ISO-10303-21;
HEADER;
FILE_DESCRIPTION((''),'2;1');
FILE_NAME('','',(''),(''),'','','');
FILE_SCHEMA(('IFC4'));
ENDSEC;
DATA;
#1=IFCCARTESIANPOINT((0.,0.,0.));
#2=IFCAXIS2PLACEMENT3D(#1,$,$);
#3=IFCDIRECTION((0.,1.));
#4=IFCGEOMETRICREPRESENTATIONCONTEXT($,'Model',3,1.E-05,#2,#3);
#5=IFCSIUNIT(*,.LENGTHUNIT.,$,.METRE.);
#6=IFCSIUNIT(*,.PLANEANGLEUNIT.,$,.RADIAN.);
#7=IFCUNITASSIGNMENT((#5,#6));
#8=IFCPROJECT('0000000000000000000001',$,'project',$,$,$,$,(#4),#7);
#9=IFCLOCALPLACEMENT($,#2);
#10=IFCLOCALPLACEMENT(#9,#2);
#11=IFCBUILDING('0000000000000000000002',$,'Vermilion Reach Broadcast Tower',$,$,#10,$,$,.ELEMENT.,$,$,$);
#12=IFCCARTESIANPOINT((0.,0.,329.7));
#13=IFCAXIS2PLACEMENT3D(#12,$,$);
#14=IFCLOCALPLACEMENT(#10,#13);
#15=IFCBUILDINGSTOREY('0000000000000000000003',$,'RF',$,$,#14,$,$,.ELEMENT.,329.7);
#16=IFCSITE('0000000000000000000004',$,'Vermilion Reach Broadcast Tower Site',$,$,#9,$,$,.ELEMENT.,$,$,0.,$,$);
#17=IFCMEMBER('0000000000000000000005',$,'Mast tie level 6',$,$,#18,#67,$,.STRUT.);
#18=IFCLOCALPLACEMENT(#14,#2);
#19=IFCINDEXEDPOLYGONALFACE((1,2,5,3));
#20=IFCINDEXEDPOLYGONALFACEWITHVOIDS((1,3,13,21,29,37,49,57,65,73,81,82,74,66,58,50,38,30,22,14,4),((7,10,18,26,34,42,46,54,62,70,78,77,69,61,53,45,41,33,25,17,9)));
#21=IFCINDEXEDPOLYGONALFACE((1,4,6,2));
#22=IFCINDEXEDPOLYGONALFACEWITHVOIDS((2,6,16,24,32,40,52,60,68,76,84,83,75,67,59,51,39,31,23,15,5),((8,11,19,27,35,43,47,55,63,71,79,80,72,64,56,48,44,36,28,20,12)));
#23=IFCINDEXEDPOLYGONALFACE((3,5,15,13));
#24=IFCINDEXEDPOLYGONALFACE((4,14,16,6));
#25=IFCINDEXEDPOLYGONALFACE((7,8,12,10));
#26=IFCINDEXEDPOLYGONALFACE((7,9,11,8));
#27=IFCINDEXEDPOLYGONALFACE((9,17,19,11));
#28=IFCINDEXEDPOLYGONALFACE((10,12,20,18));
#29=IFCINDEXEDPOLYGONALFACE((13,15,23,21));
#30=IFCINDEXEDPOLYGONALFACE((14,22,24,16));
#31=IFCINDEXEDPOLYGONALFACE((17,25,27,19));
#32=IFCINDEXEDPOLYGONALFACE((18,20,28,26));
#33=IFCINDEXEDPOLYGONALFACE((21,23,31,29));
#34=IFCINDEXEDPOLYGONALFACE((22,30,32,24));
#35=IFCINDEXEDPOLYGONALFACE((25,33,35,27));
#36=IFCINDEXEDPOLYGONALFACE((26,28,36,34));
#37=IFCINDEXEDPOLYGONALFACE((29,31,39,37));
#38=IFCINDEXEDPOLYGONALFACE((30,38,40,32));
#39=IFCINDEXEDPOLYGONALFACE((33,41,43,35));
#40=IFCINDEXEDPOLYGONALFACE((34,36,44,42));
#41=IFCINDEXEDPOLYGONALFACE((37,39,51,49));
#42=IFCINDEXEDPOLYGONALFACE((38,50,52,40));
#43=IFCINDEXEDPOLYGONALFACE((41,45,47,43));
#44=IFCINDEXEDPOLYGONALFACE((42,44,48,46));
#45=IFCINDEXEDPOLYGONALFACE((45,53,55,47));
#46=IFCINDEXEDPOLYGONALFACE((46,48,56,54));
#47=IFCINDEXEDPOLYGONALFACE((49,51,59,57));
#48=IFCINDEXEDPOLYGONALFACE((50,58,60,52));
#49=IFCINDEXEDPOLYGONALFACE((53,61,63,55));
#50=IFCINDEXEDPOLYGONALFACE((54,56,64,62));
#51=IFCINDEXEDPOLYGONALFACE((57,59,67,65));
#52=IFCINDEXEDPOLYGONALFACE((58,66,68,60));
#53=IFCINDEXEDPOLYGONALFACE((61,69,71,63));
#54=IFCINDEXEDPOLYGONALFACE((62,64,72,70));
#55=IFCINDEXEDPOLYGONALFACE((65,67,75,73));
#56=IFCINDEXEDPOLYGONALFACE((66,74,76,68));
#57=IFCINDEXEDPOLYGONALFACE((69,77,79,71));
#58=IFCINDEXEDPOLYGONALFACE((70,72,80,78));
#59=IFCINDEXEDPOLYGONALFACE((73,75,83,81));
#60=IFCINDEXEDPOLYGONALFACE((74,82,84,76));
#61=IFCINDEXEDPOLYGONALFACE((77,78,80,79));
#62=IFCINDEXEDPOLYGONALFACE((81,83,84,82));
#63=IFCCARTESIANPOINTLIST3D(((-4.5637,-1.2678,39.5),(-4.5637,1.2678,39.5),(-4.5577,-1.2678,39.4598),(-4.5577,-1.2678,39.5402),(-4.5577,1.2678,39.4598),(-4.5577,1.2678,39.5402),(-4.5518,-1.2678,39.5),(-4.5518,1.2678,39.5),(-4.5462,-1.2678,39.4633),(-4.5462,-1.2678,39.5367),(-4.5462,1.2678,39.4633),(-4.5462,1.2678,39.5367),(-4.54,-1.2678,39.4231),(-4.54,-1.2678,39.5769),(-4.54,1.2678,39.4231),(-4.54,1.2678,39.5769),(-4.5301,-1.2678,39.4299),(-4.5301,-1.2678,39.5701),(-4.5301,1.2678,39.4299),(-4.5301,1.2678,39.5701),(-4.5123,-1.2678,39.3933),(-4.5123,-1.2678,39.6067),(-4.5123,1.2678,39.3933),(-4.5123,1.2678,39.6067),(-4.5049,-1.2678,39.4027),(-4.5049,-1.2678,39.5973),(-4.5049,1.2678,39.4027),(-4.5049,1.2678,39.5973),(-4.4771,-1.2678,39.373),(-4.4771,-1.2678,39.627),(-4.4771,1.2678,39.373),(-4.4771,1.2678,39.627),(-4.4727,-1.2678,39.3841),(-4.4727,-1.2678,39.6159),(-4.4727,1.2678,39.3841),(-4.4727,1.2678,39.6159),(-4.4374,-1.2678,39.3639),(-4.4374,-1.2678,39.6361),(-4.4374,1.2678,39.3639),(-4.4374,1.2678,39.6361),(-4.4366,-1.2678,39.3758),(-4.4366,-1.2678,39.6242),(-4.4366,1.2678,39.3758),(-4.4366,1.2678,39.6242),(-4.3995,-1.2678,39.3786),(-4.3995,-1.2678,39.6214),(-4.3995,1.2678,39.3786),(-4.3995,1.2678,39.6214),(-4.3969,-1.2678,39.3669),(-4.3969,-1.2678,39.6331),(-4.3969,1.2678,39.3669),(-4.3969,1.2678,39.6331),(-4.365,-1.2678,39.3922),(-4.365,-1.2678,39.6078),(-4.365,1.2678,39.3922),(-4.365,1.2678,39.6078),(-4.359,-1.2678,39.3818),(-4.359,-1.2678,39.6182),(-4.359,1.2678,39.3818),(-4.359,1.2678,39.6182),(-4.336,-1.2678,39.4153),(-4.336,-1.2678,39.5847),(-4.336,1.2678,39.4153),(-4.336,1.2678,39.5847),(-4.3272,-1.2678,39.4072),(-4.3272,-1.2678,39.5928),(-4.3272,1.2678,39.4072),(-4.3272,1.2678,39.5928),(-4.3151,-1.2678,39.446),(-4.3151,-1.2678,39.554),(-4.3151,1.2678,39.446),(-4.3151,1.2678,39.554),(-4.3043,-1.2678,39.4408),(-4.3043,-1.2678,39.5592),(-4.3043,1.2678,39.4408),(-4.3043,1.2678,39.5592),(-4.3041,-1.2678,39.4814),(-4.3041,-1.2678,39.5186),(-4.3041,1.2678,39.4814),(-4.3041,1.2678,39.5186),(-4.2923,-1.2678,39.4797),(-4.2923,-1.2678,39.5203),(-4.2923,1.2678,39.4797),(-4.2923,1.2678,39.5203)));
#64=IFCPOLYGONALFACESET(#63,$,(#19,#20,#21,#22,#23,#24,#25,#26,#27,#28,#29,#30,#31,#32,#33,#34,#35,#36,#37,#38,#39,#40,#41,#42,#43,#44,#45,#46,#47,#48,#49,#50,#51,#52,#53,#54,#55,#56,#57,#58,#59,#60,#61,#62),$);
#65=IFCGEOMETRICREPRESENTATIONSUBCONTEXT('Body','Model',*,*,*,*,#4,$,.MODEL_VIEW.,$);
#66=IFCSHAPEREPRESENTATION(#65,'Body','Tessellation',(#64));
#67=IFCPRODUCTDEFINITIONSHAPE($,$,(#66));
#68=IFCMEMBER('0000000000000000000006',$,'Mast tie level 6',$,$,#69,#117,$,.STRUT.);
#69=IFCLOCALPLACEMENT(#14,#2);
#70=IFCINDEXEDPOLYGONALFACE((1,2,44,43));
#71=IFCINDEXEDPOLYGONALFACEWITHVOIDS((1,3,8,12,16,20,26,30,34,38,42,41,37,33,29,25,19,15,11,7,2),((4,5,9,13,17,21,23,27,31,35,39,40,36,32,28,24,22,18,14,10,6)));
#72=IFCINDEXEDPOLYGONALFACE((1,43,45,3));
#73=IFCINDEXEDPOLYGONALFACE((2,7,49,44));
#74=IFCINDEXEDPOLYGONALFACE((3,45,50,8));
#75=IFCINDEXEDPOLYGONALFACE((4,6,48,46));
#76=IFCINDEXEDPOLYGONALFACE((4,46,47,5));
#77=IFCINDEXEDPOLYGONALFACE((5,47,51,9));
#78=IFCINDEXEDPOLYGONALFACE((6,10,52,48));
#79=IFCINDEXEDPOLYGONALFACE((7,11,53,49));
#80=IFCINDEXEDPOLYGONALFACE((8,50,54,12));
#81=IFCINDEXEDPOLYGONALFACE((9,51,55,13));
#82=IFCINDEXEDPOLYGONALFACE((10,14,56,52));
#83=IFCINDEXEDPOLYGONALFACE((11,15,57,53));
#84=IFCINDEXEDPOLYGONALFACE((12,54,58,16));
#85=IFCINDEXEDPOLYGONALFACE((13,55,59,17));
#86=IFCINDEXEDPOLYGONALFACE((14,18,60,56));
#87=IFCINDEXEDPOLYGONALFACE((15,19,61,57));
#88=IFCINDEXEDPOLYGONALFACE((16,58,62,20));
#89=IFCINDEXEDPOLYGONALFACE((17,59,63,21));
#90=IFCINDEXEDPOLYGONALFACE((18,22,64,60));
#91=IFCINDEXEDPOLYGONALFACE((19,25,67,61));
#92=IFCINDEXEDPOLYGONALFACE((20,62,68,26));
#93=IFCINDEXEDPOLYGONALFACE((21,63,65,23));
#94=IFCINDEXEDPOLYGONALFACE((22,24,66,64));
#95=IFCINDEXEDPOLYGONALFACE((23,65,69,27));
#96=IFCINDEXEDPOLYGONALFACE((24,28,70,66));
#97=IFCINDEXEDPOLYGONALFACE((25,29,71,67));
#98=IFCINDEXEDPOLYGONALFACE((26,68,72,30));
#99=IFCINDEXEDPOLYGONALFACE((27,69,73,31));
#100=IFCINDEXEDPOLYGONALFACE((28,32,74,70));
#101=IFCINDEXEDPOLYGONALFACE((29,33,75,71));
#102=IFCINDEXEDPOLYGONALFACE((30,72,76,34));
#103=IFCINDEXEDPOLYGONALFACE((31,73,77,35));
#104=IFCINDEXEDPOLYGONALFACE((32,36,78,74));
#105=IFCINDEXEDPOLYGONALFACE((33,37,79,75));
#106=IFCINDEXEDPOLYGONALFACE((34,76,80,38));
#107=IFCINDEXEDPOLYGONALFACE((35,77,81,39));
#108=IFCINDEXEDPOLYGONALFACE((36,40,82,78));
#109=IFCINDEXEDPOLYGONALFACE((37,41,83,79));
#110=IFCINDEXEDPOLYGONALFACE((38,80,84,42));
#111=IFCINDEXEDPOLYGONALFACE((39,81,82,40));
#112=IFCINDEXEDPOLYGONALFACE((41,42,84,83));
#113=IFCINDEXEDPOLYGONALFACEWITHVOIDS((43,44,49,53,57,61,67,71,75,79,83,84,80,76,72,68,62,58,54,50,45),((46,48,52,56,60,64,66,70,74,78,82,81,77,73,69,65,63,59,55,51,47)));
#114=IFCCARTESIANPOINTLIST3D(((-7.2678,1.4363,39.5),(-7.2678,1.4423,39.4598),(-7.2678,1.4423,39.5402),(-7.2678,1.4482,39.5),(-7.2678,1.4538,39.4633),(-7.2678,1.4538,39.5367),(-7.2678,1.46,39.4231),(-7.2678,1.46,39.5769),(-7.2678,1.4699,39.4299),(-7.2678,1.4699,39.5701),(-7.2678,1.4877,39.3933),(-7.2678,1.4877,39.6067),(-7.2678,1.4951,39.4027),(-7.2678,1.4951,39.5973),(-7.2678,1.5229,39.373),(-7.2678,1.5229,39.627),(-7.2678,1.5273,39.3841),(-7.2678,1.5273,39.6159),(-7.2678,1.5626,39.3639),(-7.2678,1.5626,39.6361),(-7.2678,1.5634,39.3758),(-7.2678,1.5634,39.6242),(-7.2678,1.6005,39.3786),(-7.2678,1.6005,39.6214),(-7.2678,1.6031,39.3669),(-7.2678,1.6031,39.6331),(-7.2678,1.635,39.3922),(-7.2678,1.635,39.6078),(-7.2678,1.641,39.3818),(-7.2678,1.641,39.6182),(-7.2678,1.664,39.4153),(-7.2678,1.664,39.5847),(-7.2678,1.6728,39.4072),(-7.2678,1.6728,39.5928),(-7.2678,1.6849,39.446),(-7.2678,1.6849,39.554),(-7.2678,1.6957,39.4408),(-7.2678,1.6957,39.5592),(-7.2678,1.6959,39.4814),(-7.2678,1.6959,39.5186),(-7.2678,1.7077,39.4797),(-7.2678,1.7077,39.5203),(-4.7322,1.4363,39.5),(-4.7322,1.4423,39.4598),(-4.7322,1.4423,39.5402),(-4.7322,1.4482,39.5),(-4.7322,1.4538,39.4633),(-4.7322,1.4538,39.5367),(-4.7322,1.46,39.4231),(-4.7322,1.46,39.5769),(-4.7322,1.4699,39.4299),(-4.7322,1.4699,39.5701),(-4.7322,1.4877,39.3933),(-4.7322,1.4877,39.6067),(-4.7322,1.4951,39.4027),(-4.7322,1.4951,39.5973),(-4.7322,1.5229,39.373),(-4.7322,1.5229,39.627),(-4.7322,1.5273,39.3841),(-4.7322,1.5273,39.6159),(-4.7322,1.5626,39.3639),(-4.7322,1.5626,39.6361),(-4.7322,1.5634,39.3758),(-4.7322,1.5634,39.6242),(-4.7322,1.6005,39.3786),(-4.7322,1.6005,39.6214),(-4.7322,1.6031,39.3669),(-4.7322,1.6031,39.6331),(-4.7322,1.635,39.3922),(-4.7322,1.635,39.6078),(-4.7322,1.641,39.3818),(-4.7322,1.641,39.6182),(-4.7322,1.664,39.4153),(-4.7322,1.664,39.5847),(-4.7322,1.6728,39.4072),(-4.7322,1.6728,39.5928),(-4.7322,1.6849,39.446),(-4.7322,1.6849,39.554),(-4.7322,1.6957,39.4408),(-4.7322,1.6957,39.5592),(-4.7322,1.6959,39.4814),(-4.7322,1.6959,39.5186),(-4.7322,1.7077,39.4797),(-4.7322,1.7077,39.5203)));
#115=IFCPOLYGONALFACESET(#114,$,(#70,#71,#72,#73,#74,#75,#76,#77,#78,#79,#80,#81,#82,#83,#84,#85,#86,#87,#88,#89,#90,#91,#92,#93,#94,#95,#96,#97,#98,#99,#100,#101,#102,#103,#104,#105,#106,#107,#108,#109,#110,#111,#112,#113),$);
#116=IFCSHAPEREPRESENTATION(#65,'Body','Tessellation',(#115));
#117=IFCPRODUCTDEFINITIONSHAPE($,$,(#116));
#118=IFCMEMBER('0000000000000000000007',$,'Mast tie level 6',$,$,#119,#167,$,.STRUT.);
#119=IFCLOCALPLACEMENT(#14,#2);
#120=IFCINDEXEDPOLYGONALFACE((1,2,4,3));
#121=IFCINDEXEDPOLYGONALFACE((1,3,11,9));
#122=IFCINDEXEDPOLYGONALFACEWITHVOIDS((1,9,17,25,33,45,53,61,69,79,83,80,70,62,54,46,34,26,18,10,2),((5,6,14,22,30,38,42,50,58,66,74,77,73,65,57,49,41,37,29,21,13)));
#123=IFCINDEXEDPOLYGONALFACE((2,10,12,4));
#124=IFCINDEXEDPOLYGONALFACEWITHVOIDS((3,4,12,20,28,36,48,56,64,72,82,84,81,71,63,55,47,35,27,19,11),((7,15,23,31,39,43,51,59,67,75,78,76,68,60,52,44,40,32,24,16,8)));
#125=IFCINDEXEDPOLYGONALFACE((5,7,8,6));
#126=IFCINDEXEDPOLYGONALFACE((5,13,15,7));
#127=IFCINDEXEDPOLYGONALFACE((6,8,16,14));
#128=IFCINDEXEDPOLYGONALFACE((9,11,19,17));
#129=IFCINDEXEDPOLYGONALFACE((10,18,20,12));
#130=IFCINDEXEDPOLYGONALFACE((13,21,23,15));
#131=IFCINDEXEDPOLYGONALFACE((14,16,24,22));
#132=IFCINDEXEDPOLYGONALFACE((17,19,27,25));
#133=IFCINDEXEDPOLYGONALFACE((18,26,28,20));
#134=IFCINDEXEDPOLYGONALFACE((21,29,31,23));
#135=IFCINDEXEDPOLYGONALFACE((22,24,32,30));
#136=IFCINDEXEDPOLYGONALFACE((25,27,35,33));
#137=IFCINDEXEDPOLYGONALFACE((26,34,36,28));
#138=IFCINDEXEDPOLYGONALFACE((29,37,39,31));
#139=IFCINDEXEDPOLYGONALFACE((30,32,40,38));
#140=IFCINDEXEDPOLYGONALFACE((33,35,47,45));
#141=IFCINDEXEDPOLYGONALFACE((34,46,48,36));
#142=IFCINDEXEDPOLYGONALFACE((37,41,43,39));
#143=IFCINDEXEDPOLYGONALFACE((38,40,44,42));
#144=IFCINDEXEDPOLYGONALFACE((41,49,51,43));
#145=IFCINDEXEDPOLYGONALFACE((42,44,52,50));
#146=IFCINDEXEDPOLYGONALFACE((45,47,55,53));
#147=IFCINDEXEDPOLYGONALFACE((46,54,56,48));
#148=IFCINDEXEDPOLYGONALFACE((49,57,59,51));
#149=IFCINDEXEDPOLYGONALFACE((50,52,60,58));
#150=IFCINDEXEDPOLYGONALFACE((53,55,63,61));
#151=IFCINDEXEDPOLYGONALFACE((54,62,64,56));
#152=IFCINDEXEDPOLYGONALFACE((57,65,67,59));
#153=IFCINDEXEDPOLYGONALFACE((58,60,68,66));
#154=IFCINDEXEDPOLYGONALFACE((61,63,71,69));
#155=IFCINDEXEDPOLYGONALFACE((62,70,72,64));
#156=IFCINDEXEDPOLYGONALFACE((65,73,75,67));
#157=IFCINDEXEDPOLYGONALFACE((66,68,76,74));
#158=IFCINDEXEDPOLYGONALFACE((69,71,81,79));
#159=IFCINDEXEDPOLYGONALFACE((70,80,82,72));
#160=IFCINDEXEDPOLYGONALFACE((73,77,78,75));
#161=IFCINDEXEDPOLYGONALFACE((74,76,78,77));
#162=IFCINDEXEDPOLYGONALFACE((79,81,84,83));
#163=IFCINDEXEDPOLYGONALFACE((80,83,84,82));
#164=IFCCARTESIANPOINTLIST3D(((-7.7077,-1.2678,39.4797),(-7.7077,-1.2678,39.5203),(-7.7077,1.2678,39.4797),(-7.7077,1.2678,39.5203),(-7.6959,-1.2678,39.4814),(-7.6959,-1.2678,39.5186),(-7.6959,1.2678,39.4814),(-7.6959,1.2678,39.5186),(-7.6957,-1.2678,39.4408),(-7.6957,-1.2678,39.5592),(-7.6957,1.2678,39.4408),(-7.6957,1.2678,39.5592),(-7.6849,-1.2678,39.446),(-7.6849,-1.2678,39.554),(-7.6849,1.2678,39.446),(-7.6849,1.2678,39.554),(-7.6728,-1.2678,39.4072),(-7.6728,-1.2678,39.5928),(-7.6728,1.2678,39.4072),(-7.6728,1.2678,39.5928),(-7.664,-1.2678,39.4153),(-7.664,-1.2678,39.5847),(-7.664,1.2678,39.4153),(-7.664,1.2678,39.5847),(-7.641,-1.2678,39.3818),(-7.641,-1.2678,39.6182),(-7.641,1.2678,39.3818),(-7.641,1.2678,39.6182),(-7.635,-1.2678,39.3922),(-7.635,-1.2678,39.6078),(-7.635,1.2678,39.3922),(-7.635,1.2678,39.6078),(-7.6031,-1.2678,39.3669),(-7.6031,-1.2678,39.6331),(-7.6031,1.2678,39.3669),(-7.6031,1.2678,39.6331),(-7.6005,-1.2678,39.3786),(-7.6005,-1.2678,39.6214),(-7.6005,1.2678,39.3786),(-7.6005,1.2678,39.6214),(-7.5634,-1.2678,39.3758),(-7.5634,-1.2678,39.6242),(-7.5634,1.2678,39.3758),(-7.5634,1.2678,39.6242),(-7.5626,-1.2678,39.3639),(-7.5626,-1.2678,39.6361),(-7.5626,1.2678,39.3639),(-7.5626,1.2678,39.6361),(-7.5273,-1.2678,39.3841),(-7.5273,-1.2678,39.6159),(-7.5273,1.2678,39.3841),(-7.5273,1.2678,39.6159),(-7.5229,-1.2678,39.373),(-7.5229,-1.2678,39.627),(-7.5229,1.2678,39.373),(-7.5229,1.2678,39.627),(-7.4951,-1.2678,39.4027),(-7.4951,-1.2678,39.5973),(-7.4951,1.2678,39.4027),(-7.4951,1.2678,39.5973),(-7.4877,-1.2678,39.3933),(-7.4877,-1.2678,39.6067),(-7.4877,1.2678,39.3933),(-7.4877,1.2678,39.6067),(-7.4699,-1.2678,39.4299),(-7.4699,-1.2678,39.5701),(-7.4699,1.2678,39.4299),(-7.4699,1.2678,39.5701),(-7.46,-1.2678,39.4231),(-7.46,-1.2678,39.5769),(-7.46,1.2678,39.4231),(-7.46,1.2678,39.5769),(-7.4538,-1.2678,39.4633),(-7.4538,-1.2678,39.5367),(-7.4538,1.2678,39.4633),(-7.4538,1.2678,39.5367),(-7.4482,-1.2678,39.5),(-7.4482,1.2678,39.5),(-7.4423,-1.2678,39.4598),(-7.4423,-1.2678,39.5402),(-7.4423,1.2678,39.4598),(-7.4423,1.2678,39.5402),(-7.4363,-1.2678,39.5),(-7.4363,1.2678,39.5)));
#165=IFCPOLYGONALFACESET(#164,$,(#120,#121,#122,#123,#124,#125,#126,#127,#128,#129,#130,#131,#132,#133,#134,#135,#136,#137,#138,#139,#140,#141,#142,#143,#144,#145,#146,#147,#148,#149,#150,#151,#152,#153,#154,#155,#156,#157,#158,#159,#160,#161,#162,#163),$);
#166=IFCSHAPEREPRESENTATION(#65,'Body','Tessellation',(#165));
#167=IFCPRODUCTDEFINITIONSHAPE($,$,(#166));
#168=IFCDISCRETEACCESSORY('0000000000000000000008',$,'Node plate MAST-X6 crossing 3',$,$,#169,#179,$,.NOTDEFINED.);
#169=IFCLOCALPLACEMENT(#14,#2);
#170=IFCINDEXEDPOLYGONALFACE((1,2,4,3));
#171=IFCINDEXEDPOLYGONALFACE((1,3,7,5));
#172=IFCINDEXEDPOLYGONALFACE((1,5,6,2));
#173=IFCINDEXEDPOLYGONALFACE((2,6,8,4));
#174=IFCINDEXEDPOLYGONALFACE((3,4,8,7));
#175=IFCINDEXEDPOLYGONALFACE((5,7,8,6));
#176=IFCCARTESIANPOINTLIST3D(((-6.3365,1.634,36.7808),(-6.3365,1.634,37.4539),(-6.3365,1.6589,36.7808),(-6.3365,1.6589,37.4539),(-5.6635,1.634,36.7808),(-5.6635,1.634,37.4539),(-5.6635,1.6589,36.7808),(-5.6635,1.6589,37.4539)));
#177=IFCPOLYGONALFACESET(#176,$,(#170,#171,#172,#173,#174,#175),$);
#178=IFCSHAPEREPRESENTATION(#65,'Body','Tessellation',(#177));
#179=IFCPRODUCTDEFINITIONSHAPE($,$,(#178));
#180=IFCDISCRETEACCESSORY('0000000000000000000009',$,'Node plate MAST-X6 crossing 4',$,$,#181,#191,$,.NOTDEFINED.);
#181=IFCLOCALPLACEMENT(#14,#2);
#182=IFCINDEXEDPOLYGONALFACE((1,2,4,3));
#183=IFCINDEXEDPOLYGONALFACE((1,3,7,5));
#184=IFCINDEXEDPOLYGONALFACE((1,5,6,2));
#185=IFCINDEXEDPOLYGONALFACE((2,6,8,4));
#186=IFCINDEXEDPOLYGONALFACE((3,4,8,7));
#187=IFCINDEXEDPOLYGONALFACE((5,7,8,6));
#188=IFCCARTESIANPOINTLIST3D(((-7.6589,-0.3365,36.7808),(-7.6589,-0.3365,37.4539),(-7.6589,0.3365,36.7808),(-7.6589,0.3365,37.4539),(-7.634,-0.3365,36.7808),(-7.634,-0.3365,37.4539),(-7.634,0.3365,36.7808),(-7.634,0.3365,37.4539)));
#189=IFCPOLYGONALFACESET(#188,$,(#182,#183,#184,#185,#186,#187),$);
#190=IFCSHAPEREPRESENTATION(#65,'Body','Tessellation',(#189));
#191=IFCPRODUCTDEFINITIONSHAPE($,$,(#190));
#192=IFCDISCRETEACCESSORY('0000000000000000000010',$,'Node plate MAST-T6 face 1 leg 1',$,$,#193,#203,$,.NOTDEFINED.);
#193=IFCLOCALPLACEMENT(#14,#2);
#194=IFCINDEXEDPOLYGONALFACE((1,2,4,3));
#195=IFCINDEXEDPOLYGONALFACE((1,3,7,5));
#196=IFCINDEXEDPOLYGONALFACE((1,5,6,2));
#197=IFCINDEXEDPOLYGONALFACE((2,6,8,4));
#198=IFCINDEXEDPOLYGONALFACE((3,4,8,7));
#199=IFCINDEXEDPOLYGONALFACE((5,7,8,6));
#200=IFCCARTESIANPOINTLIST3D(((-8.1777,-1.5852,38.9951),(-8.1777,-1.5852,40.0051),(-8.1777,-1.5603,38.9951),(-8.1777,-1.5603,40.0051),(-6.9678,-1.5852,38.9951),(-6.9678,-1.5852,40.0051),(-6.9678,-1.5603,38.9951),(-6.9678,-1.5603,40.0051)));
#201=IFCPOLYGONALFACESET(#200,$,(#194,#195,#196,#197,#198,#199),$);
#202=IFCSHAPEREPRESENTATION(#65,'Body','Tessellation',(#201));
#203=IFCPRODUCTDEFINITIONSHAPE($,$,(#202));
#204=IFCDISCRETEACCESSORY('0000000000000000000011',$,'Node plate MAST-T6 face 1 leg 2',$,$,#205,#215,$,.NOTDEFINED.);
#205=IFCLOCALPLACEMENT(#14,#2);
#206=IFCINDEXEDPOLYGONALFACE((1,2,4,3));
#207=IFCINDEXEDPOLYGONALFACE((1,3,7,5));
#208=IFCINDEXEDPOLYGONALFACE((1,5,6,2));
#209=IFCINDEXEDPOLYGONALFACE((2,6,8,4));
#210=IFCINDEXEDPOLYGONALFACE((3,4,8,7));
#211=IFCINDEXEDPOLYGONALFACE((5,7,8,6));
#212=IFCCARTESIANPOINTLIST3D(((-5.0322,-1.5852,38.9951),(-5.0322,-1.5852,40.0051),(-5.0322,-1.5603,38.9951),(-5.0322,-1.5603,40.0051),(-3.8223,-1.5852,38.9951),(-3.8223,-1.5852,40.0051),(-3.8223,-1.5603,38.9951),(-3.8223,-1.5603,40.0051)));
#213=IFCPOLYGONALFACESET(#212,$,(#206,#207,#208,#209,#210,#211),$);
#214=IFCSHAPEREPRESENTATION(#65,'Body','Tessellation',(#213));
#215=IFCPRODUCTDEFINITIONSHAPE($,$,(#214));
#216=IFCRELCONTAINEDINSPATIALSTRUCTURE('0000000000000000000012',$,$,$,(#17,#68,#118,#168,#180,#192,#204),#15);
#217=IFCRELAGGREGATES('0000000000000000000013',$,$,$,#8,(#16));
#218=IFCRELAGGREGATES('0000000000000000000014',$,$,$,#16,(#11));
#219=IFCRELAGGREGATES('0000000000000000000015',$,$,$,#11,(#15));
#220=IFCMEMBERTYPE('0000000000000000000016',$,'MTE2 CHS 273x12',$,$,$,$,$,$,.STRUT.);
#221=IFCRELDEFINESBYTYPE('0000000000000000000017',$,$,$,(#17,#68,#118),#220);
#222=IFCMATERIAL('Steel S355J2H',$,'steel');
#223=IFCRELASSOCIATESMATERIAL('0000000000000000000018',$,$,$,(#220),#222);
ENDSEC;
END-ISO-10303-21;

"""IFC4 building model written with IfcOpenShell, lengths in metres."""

from ifc_helpers import new_model, si_unit, direction, frame, origin, origin_2d, place, context, subcontext, project, spatial, rectangle, hollow_circle, extrude, material, material_profile, profile_set, type_object, element, save


model = new_model("IFC4")

# Units and contexts
model_context = context("Model", 3, precision=1e-05, world=origin(), true_north=direction((0.0, 1.0)))
body_context = subcontext(model_context, "Body", "Model", "MODEL_VIEW")
ifc_project = project(units=[si_unit("LENGTHUNIT", "METRE"), si_unit("PLANEANGLEUNIT", "RADIAN")], contexts=[model_context])

# Site, building, storey
site_placement = place(None, origin())
site = spatial("IfcSite", under=ifc_project, at=site_placement, Name="Vermilion Reach Broadcast Tower Site", CompositionType="ELEMENT", RefElevation=0.0)
building_placement = place(site_placement, origin())
building = spatial("IfcBuilding", under=site, at=building_placement, Name="Vermilion Reach Broadcast Tower", CompositionType="ELEMENT")
storey_placement = place(building_placement, frame((0.0, 0.0, 329.7)))
storey = spatial("IfcBuildingStorey", under=building, at=storey_placement, Name="RF", CompositionType="ELEMENT", Elevation=329.7)

# Members
ifc_material_1 = material(Name="Steel S355J2H", Category="steel")
ifc_material_profile_1 = material_profile(ifc_material_1, hollow_circle(Radius=0.1365, WallThickness=0.012, at=origin_2d()), Name="S355J2H CHS 273x12")
ifc_profile_set_1 = profile_set([ifc_material_profile_1], Name="Steel S355J2H")
member_type_1 = type_object("IfcMemberType", Name="MTE2 CHS 273x12", PredefinedType="STRUT", material=ifc_profile_set_1)
for number, where, z_axis, x_axis, name in (
    (1, (-4.4272, -1.2678, 39.5), (0.0, 1.0, 0.0), (-1.0, 0.0, 0.0), "Mast tie level 6"),
    (2, (-4.7322, 1.5728, 39.5), (-1.0, 0.0, 0.0), (0.0, -1.0, 0.0), "Mast tie level 6"),
    (3, (-7.5728, 1.2678, 39.5), (0.0, -1.0, 0.0), (1.0, 0.0, 0.0), "Mast tie level 6"),
):
    element("IfcMember", number, at=place(storey_placement, frame(where, z_axis=z_axis, x_axis=x_axis)), inside=storey, type_object=member_type_1, Name=name, PredefinedType="STRUT", context=body_context, shape_type="SweptSolid", body=[
        extrude(hollow_circle(Radius=0.1365, WallThickness=0.012, at=origin_2d()), origin(), (0.0, 0.0, 1.0), 2.5356),
    ])

# Discrete accessories
for number, where, z_axis, x_axis, name in (
    (4, (-6.0, 1.6465, 36.7808), (0.0, 0.0, 1.0), (0.0, -1.0, 0.0), "Node plate MAST-X6 crossing 3"),
    (5, (-7.6465, 0.0, 36.7808), (0.0, 0.0, 1.0), (1.0, 0.0, 0.0), "Node plate MAST-X6 crossing 4"),
):
    element("IfcDiscreteAccessory", number, at=place(storey_placement, frame(where, z_axis=z_axis, x_axis=x_axis)), inside=storey, Name=name, PredefinedType="NOTDEFINED", context=body_context, shape_type="SweptSolid", body=[
        extrude(rectangle(XDim=0.0249, YDim=0.6731, at=origin_2d()), origin(), (0.0, 0.0, 1.0), 0.6731),
    ])
for number, where, z_axis, x_axis, name in (
    (6, (-7.5728, -1.5728, 38.9951), (0.0, 0.0, 1.0), (0.0, 1.0, 0.0), "Node plate MAST-T6 face 1 leg 1"),
    (7, (-4.4272, -1.5728, 38.9951), (0.0, 0.0, 1.0), (0.0, 1.0, 0.0), "Node plate MAST-T6 face 1 leg 2"),
):
    element("IfcDiscreteAccessory", number, at=place(storey_placement, frame(where, z_axis=z_axis, x_axis=x_axis)), inside=storey, Name=name, PredefinedType="NOTDEFINED", context=body_context, shape_type="SweptSolid", body=[
        extrude(rectangle(XDim=0.0249, YDim=1.21, at=origin_2d()), origin(), (0.0, 0.0, 1.0), 1.01),
    ])

save(model, "model.ifc")
